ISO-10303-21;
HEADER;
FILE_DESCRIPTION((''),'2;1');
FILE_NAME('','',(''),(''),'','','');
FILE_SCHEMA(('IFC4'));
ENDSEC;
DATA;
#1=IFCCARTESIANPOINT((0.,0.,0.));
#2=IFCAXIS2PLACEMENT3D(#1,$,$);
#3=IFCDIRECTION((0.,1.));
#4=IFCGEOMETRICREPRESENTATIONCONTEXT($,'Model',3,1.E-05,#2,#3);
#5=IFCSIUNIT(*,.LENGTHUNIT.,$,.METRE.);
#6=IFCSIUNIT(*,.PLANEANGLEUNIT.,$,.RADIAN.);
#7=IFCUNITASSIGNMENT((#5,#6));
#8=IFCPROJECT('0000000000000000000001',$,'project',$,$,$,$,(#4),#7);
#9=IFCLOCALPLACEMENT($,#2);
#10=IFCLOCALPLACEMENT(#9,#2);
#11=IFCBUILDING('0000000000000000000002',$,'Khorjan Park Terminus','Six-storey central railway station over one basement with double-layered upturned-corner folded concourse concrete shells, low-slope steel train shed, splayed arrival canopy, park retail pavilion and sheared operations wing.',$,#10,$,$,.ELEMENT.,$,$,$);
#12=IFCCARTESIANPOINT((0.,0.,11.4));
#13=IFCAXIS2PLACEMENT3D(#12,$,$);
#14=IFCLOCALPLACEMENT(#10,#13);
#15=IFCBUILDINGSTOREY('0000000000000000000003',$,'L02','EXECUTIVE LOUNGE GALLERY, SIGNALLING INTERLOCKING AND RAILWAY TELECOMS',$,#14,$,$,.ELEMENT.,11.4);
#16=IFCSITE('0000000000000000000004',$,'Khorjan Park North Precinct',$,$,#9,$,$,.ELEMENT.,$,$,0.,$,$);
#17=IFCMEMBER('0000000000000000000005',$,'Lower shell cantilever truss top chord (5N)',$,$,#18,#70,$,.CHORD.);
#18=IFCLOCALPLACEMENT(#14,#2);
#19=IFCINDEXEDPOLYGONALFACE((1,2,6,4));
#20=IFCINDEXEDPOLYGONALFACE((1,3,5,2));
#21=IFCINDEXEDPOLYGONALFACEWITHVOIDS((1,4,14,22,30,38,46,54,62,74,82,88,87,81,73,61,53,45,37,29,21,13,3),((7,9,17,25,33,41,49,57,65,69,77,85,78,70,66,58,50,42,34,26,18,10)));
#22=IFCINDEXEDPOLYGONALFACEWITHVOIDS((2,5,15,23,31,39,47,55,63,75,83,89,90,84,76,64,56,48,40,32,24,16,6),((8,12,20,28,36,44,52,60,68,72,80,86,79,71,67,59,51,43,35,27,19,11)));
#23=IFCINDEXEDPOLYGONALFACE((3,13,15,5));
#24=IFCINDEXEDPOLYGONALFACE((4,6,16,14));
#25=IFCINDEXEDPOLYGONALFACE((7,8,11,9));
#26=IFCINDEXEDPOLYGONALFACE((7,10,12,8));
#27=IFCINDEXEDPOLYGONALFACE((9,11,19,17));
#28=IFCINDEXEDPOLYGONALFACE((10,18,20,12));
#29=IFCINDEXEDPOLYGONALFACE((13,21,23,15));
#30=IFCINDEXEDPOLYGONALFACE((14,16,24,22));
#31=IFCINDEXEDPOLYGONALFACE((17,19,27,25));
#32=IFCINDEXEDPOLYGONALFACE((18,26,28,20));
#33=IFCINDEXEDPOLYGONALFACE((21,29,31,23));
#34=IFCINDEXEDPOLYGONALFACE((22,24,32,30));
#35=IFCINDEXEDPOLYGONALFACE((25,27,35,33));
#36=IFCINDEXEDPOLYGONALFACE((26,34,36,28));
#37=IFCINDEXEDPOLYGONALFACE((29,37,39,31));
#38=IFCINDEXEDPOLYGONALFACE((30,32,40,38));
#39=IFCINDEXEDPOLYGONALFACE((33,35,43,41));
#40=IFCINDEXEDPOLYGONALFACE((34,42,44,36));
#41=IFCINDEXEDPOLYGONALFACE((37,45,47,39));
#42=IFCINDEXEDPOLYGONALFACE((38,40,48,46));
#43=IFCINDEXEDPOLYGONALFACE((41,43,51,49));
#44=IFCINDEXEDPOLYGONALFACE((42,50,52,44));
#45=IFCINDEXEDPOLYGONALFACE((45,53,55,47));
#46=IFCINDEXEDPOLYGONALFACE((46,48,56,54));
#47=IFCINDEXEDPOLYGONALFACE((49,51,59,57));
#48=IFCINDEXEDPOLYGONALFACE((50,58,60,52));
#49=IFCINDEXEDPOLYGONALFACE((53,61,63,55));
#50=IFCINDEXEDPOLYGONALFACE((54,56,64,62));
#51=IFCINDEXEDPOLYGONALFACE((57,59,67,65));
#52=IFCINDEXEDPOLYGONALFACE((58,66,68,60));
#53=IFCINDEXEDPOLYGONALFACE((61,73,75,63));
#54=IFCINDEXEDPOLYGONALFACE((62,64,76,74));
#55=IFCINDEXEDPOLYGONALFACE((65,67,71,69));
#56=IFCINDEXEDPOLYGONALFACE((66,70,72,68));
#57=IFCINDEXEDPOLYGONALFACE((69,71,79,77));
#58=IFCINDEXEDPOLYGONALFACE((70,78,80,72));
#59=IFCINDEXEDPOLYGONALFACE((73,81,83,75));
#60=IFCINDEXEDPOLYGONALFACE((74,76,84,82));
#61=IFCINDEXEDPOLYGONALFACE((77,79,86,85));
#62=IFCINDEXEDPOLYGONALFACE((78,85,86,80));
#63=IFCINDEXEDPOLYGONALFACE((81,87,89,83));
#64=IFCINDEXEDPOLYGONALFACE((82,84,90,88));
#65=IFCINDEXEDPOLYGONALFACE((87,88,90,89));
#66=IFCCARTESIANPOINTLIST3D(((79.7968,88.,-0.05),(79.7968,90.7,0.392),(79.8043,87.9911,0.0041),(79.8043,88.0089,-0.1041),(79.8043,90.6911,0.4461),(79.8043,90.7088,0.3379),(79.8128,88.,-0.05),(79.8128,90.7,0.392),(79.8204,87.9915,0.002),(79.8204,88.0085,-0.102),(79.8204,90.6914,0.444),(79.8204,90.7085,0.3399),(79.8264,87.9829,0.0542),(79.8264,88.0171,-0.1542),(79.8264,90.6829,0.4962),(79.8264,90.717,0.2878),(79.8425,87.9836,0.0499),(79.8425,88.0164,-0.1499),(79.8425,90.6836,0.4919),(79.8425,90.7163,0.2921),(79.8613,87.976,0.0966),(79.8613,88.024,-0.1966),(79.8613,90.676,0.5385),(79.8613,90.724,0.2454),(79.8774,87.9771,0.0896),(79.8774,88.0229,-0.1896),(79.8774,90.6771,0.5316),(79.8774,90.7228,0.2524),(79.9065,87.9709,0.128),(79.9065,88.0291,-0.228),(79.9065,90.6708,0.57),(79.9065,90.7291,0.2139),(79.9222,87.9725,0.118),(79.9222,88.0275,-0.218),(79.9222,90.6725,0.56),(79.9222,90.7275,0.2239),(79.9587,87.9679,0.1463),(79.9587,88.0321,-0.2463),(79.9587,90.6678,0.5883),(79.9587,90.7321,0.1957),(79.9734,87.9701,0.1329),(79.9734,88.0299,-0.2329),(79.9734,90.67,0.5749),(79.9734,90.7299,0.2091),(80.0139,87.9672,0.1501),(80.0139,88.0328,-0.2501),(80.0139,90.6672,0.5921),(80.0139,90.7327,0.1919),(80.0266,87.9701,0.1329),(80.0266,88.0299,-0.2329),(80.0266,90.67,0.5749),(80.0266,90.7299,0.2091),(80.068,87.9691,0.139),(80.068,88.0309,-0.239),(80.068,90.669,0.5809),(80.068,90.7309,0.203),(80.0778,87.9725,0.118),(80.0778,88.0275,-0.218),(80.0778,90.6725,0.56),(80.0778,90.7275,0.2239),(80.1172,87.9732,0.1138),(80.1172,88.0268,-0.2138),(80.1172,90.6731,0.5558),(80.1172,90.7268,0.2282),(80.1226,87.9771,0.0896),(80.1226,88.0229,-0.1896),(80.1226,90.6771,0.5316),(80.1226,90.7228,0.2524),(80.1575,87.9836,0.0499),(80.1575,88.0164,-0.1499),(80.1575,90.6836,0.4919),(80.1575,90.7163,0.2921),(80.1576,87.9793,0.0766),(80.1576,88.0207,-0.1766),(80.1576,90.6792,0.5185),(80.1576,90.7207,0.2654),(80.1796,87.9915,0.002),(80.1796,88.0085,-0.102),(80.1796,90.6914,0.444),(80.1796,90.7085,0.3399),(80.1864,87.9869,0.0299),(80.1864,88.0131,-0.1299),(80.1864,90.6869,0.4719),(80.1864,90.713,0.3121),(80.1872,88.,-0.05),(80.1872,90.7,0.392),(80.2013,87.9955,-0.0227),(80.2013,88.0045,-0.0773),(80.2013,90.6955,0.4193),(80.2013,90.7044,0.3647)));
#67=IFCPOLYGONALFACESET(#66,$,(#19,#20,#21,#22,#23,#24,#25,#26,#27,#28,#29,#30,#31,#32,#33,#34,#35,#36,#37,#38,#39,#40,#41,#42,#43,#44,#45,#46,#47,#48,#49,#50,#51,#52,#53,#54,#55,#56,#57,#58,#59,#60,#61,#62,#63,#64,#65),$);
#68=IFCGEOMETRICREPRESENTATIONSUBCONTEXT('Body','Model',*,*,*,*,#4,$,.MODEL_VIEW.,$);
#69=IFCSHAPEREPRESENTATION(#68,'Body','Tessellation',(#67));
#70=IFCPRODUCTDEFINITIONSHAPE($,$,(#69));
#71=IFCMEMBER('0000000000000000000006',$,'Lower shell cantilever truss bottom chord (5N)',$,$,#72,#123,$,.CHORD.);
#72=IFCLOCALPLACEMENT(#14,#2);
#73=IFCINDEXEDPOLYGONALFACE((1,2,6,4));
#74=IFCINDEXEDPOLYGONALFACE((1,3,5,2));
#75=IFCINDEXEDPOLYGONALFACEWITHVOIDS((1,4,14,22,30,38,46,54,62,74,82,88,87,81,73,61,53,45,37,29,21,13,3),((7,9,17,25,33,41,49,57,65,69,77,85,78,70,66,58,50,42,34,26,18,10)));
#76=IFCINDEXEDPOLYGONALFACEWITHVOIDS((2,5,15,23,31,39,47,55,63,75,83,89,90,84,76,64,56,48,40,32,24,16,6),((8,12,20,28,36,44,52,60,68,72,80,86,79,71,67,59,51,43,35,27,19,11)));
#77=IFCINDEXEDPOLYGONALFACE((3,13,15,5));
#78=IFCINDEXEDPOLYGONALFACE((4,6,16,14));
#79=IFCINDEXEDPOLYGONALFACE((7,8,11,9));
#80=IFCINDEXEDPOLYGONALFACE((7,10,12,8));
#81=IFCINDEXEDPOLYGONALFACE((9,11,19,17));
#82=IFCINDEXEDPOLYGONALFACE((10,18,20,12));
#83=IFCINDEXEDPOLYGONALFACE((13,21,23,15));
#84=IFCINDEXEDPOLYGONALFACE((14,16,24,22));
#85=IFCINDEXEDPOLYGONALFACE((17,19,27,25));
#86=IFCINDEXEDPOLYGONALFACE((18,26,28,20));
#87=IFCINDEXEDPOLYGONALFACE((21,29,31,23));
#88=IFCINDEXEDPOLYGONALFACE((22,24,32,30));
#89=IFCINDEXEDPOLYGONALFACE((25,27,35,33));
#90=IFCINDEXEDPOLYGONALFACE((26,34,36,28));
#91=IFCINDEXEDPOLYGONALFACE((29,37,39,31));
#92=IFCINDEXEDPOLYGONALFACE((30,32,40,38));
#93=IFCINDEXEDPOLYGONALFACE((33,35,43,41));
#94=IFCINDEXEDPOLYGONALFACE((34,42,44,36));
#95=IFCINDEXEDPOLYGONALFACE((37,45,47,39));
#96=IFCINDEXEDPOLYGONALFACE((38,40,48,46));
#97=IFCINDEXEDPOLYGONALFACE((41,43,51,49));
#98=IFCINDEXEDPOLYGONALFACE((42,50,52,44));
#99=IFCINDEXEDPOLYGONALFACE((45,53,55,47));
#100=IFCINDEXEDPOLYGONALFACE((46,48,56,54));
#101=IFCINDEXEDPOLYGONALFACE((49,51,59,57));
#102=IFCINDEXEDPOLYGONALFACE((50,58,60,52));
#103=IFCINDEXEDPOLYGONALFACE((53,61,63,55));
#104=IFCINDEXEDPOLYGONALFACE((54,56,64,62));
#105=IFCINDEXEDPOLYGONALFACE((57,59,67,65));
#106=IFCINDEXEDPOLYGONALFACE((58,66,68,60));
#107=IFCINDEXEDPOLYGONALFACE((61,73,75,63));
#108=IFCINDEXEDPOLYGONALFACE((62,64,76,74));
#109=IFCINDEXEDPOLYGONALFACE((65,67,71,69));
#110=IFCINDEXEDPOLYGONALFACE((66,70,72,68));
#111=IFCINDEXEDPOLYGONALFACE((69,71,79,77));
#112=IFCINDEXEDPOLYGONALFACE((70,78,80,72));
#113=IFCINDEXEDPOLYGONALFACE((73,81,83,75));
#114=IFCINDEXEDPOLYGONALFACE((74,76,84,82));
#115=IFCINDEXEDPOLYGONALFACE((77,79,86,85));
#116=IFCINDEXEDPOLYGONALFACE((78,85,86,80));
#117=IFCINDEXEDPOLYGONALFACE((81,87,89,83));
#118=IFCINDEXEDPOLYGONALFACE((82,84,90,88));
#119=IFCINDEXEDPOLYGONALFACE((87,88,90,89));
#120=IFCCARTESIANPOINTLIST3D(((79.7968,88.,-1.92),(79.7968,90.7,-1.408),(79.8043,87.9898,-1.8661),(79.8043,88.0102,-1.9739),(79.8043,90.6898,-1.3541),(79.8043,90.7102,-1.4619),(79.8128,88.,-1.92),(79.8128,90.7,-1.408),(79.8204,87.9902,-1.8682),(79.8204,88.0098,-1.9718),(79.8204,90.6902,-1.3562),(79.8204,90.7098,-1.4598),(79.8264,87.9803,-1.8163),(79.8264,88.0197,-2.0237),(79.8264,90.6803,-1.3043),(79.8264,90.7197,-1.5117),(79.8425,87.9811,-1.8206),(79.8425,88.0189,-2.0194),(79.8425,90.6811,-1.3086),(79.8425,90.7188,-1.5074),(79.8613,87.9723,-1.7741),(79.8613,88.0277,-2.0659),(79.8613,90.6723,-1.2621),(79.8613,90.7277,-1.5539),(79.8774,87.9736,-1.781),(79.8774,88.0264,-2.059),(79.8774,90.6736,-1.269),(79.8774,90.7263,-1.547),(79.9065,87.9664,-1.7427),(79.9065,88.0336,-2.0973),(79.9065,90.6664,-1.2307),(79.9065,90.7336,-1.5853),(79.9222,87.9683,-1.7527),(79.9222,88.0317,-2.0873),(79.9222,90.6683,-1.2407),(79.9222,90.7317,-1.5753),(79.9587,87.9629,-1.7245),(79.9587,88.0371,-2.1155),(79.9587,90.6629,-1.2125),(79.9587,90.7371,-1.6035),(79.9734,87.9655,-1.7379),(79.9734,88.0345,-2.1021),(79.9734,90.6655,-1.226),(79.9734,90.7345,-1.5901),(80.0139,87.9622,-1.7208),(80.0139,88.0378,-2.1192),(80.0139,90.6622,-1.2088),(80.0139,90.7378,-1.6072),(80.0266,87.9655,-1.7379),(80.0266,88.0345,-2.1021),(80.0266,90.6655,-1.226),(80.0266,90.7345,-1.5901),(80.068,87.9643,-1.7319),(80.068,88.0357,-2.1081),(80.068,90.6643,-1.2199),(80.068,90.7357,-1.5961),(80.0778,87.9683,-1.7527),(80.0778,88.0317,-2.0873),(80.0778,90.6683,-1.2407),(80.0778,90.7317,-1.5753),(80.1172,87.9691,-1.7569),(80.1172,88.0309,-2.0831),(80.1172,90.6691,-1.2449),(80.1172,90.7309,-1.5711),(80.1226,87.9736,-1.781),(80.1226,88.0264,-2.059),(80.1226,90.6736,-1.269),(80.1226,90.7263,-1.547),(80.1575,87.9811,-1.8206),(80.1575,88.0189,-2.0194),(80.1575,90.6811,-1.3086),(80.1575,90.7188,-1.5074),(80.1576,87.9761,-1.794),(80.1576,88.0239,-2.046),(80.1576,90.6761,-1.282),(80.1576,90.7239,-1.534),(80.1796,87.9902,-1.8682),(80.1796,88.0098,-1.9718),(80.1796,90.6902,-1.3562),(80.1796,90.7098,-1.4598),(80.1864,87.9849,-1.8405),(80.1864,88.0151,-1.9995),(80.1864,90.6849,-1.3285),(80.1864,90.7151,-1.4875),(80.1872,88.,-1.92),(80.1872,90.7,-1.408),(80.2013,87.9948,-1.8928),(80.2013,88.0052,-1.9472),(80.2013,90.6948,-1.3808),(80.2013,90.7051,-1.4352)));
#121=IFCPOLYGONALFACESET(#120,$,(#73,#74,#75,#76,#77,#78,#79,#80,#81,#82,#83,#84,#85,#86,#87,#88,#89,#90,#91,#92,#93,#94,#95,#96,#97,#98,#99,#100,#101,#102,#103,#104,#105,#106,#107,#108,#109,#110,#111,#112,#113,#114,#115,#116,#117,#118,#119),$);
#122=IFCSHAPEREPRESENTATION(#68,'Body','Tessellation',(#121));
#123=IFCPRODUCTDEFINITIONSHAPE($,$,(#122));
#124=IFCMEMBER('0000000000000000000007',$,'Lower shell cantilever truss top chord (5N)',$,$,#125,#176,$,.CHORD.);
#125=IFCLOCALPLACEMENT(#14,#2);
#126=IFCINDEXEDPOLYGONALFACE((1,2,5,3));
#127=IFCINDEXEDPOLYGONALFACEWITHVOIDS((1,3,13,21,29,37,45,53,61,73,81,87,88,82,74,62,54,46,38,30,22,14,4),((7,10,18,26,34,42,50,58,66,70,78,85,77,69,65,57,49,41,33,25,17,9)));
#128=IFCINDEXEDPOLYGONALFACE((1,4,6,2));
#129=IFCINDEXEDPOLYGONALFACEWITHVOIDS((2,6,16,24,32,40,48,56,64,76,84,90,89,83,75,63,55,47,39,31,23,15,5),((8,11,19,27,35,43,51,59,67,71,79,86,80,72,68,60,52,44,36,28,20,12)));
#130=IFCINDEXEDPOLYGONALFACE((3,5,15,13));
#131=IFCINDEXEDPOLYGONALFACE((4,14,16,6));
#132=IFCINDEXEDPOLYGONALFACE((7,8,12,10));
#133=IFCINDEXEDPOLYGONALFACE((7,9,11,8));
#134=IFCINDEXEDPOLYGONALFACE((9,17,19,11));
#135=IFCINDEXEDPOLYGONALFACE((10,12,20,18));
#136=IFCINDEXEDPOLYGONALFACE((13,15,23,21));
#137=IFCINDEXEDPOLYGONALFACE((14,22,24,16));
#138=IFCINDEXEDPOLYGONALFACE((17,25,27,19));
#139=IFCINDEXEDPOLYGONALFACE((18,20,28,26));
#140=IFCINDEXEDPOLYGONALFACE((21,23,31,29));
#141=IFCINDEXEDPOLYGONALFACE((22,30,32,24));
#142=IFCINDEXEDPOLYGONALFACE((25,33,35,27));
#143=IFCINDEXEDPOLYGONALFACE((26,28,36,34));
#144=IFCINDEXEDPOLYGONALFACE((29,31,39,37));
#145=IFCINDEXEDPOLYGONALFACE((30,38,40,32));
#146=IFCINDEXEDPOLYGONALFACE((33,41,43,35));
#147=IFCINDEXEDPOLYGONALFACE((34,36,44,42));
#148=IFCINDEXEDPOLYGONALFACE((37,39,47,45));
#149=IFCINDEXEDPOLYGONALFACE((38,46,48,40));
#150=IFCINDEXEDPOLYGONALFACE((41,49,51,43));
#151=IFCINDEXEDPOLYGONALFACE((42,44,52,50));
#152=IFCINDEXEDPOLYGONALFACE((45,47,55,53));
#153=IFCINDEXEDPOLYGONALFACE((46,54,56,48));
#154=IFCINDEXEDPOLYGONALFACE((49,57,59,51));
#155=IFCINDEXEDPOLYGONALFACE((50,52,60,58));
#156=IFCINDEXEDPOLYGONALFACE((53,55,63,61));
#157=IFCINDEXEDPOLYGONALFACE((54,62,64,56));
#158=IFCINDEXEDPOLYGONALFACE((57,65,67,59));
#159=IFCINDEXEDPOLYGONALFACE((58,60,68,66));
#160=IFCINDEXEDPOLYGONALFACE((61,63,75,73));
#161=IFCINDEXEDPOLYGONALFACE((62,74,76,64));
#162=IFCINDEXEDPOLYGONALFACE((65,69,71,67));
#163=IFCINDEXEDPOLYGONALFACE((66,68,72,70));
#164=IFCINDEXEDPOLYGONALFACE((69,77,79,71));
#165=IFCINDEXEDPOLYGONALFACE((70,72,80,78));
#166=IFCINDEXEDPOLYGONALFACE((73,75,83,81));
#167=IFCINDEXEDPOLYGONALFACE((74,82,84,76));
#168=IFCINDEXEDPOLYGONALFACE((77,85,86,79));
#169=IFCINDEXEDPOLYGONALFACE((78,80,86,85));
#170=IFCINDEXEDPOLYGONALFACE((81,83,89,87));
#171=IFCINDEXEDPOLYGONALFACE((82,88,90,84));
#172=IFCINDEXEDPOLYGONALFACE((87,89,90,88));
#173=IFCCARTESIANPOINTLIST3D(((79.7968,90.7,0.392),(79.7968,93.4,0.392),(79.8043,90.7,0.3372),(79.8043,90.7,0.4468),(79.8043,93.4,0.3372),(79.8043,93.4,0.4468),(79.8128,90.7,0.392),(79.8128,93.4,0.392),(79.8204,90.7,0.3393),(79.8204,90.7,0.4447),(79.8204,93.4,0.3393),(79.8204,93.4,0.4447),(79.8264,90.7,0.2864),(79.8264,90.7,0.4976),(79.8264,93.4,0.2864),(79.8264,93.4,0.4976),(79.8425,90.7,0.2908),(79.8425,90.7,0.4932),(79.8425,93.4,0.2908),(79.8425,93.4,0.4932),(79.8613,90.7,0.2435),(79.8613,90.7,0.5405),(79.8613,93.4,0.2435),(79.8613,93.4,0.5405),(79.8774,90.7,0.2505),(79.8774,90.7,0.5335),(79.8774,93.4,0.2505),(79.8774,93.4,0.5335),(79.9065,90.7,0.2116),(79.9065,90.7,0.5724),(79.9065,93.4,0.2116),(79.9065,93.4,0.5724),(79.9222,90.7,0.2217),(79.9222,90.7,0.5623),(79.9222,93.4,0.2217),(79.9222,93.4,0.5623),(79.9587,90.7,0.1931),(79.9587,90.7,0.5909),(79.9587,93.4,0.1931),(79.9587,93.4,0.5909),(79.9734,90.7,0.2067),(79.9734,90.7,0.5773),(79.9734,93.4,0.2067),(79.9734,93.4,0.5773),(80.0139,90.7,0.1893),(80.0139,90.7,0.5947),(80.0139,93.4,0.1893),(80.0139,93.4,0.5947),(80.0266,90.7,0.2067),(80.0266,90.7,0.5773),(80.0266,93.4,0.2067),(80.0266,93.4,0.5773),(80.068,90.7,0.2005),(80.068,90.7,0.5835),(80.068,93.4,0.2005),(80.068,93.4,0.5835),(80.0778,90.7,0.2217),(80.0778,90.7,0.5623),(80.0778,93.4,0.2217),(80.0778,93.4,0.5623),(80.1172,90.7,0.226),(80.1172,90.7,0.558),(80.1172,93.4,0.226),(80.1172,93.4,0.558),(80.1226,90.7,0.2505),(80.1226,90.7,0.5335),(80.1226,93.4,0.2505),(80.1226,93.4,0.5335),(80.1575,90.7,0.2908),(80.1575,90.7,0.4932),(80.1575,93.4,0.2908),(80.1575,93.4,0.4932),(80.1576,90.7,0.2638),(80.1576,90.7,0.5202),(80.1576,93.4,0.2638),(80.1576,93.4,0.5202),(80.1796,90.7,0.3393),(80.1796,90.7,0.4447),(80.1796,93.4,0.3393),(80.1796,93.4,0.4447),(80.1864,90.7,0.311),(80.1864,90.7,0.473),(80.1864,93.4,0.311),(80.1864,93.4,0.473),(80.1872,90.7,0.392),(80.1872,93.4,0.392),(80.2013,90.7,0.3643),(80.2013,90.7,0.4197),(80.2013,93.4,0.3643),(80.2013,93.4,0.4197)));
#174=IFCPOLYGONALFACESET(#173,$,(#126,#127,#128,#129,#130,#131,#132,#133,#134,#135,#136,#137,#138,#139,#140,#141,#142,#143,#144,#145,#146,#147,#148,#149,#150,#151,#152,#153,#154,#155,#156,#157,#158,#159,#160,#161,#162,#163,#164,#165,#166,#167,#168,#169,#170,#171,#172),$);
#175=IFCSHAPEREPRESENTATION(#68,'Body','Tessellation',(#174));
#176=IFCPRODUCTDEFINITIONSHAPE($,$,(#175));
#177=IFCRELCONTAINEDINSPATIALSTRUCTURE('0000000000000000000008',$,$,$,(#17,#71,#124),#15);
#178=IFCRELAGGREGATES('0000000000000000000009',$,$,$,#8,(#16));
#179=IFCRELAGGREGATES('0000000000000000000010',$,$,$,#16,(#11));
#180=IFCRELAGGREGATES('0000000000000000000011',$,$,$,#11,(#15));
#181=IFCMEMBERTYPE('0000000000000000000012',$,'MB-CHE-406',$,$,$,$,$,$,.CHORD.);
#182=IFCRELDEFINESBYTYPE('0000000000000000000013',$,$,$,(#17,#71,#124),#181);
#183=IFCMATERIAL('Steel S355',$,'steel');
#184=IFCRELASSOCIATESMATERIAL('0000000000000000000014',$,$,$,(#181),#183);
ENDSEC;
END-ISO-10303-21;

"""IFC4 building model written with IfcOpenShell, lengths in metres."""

from ifc_helpers import new_model, si_unit, direction, frame, origin, origin_2d, place, context, subcontext, project, spatial, hollow_circle, extrude, material, material_profile, profile_set, type_object, element, save


model = new_model("IFC4")

# Units and contexts
model_context = context("Model", 3, precision=1e-05, world=origin(), true_north=direction((0.0, 1.0)))
body_context = subcontext(model_context, "Body", "Model", "MODEL_VIEW")
ifc_project = project(units=[si_unit("LENGTHUNIT", "METRE"), si_unit("PLANEANGLEUNIT", "RADIAN")], contexts=[model_context])

# Site, building, storey
site_placement = place(None, origin())
site = spatial("IfcSite", under=ifc_project, at=site_placement, Name="Khorjan Park North Precinct", CompositionType="ELEMENT", RefElevation=0.0)
building_placement = place(site_placement, origin())
building = spatial("IfcBuilding", under=site, at=building_placement, Name="Khorjan Park Terminus", Description="Six-storey central railway station over one basement with double-layered upturned-corner folded concourse concrete shells, low-slope steel train shed, splayed arrival canopy, park retail pavilion and sheared operations wing.", CompositionType="ELEMENT")
storey_placement = place(building_placement, frame((0.0, 0.0, 11.4)))
storey = spatial("IfcBuildingStorey", under=building, at=storey_placement, Name="L02", Description="EXECUTIVE LOUNGE GALLERY, SIGNALLING INTERLOCKING AND RAILWAY TELECOMS", CompositionType="ELEMENT", Elevation=11.4)

# Members
ifc_material_1 = material(Name="Steel S355", Category="steel")
ifc_material_profile_1 = material_profile(ifc_material_1, hollow_circle(Radius=0.2032, WallThickness=0.016, at=origin_2d()), Name="CHS 406.4x16")
ifc_profile_set_1 = profile_set([ifc_material_profile_1], Name="Steel S355")
member_type_1 = type_object("IfcMemberType", Name="MB-CHE-406", PredefinedType="CHORD", material=ifc_profile_set_1)
member_1_placement = place(storey_placement, frame((80.0, 88.0, -0.05), z_axis=(0.0, 0.986864, 0.161553), x_axis=(-1.0, 0.0, 0.0)))
element("IfcMember", 1, at=member_1_placement, inside=storey, type_object=member_type_1, Name="Lower shell cantilever truss top chord (5N)", PredefinedType="CHORD", context=body_context, shape_type="SweptSolid", body=[
    extrude(hollow_circle(Radius=0.2032, WallThickness=0.016, at=origin_2d()), origin(), (0.0, 0.0, 1.0), 2.7359),
])
member_2_placement = place(storey_placement, frame((80.0, 88.0, -1.92), z_axis=(0.0, 0.982491, 0.186309), x_axis=(-1.0, 0.0, 0.0)))
element("IfcMember", 2, at=member_2_placement, inside=storey, type_object=member_type_1, Name="Lower shell cantilever truss bottom chord (5N)", PredefinedType="CHORD", context=body_context, shape_type="SweptSolid", body=[
    extrude(hollow_circle(Radius=0.2032, WallThickness=0.016, at=origin_2d()), origin(), (0.0, 0.0, 1.0), 2.7481),
])
for number, where, z_axis, x_axis, name in (
    (3, (80.0, 90.7, 0.392), (0.0, 1.0, 0.0), (-1.0, 0.0, 0.0), "Lower shell cantilever truss top chord (5N)"),
):
    element("IfcMember", number, at=place(storey_placement, frame(where, z_axis=z_axis, x_axis=x_axis)), inside=storey, type_object=member_type_1, Name=name, PredefinedType="CHORD", context=body_context, shape_type="SweptSolid", body=[
        extrude(hollow_circle(Radius=0.2032, WallThickness=0.016, at=origin_2d()), origin(), (0.0, 0.0, 1.0), 2.7),
    ])

save(model, "model.ifc")
